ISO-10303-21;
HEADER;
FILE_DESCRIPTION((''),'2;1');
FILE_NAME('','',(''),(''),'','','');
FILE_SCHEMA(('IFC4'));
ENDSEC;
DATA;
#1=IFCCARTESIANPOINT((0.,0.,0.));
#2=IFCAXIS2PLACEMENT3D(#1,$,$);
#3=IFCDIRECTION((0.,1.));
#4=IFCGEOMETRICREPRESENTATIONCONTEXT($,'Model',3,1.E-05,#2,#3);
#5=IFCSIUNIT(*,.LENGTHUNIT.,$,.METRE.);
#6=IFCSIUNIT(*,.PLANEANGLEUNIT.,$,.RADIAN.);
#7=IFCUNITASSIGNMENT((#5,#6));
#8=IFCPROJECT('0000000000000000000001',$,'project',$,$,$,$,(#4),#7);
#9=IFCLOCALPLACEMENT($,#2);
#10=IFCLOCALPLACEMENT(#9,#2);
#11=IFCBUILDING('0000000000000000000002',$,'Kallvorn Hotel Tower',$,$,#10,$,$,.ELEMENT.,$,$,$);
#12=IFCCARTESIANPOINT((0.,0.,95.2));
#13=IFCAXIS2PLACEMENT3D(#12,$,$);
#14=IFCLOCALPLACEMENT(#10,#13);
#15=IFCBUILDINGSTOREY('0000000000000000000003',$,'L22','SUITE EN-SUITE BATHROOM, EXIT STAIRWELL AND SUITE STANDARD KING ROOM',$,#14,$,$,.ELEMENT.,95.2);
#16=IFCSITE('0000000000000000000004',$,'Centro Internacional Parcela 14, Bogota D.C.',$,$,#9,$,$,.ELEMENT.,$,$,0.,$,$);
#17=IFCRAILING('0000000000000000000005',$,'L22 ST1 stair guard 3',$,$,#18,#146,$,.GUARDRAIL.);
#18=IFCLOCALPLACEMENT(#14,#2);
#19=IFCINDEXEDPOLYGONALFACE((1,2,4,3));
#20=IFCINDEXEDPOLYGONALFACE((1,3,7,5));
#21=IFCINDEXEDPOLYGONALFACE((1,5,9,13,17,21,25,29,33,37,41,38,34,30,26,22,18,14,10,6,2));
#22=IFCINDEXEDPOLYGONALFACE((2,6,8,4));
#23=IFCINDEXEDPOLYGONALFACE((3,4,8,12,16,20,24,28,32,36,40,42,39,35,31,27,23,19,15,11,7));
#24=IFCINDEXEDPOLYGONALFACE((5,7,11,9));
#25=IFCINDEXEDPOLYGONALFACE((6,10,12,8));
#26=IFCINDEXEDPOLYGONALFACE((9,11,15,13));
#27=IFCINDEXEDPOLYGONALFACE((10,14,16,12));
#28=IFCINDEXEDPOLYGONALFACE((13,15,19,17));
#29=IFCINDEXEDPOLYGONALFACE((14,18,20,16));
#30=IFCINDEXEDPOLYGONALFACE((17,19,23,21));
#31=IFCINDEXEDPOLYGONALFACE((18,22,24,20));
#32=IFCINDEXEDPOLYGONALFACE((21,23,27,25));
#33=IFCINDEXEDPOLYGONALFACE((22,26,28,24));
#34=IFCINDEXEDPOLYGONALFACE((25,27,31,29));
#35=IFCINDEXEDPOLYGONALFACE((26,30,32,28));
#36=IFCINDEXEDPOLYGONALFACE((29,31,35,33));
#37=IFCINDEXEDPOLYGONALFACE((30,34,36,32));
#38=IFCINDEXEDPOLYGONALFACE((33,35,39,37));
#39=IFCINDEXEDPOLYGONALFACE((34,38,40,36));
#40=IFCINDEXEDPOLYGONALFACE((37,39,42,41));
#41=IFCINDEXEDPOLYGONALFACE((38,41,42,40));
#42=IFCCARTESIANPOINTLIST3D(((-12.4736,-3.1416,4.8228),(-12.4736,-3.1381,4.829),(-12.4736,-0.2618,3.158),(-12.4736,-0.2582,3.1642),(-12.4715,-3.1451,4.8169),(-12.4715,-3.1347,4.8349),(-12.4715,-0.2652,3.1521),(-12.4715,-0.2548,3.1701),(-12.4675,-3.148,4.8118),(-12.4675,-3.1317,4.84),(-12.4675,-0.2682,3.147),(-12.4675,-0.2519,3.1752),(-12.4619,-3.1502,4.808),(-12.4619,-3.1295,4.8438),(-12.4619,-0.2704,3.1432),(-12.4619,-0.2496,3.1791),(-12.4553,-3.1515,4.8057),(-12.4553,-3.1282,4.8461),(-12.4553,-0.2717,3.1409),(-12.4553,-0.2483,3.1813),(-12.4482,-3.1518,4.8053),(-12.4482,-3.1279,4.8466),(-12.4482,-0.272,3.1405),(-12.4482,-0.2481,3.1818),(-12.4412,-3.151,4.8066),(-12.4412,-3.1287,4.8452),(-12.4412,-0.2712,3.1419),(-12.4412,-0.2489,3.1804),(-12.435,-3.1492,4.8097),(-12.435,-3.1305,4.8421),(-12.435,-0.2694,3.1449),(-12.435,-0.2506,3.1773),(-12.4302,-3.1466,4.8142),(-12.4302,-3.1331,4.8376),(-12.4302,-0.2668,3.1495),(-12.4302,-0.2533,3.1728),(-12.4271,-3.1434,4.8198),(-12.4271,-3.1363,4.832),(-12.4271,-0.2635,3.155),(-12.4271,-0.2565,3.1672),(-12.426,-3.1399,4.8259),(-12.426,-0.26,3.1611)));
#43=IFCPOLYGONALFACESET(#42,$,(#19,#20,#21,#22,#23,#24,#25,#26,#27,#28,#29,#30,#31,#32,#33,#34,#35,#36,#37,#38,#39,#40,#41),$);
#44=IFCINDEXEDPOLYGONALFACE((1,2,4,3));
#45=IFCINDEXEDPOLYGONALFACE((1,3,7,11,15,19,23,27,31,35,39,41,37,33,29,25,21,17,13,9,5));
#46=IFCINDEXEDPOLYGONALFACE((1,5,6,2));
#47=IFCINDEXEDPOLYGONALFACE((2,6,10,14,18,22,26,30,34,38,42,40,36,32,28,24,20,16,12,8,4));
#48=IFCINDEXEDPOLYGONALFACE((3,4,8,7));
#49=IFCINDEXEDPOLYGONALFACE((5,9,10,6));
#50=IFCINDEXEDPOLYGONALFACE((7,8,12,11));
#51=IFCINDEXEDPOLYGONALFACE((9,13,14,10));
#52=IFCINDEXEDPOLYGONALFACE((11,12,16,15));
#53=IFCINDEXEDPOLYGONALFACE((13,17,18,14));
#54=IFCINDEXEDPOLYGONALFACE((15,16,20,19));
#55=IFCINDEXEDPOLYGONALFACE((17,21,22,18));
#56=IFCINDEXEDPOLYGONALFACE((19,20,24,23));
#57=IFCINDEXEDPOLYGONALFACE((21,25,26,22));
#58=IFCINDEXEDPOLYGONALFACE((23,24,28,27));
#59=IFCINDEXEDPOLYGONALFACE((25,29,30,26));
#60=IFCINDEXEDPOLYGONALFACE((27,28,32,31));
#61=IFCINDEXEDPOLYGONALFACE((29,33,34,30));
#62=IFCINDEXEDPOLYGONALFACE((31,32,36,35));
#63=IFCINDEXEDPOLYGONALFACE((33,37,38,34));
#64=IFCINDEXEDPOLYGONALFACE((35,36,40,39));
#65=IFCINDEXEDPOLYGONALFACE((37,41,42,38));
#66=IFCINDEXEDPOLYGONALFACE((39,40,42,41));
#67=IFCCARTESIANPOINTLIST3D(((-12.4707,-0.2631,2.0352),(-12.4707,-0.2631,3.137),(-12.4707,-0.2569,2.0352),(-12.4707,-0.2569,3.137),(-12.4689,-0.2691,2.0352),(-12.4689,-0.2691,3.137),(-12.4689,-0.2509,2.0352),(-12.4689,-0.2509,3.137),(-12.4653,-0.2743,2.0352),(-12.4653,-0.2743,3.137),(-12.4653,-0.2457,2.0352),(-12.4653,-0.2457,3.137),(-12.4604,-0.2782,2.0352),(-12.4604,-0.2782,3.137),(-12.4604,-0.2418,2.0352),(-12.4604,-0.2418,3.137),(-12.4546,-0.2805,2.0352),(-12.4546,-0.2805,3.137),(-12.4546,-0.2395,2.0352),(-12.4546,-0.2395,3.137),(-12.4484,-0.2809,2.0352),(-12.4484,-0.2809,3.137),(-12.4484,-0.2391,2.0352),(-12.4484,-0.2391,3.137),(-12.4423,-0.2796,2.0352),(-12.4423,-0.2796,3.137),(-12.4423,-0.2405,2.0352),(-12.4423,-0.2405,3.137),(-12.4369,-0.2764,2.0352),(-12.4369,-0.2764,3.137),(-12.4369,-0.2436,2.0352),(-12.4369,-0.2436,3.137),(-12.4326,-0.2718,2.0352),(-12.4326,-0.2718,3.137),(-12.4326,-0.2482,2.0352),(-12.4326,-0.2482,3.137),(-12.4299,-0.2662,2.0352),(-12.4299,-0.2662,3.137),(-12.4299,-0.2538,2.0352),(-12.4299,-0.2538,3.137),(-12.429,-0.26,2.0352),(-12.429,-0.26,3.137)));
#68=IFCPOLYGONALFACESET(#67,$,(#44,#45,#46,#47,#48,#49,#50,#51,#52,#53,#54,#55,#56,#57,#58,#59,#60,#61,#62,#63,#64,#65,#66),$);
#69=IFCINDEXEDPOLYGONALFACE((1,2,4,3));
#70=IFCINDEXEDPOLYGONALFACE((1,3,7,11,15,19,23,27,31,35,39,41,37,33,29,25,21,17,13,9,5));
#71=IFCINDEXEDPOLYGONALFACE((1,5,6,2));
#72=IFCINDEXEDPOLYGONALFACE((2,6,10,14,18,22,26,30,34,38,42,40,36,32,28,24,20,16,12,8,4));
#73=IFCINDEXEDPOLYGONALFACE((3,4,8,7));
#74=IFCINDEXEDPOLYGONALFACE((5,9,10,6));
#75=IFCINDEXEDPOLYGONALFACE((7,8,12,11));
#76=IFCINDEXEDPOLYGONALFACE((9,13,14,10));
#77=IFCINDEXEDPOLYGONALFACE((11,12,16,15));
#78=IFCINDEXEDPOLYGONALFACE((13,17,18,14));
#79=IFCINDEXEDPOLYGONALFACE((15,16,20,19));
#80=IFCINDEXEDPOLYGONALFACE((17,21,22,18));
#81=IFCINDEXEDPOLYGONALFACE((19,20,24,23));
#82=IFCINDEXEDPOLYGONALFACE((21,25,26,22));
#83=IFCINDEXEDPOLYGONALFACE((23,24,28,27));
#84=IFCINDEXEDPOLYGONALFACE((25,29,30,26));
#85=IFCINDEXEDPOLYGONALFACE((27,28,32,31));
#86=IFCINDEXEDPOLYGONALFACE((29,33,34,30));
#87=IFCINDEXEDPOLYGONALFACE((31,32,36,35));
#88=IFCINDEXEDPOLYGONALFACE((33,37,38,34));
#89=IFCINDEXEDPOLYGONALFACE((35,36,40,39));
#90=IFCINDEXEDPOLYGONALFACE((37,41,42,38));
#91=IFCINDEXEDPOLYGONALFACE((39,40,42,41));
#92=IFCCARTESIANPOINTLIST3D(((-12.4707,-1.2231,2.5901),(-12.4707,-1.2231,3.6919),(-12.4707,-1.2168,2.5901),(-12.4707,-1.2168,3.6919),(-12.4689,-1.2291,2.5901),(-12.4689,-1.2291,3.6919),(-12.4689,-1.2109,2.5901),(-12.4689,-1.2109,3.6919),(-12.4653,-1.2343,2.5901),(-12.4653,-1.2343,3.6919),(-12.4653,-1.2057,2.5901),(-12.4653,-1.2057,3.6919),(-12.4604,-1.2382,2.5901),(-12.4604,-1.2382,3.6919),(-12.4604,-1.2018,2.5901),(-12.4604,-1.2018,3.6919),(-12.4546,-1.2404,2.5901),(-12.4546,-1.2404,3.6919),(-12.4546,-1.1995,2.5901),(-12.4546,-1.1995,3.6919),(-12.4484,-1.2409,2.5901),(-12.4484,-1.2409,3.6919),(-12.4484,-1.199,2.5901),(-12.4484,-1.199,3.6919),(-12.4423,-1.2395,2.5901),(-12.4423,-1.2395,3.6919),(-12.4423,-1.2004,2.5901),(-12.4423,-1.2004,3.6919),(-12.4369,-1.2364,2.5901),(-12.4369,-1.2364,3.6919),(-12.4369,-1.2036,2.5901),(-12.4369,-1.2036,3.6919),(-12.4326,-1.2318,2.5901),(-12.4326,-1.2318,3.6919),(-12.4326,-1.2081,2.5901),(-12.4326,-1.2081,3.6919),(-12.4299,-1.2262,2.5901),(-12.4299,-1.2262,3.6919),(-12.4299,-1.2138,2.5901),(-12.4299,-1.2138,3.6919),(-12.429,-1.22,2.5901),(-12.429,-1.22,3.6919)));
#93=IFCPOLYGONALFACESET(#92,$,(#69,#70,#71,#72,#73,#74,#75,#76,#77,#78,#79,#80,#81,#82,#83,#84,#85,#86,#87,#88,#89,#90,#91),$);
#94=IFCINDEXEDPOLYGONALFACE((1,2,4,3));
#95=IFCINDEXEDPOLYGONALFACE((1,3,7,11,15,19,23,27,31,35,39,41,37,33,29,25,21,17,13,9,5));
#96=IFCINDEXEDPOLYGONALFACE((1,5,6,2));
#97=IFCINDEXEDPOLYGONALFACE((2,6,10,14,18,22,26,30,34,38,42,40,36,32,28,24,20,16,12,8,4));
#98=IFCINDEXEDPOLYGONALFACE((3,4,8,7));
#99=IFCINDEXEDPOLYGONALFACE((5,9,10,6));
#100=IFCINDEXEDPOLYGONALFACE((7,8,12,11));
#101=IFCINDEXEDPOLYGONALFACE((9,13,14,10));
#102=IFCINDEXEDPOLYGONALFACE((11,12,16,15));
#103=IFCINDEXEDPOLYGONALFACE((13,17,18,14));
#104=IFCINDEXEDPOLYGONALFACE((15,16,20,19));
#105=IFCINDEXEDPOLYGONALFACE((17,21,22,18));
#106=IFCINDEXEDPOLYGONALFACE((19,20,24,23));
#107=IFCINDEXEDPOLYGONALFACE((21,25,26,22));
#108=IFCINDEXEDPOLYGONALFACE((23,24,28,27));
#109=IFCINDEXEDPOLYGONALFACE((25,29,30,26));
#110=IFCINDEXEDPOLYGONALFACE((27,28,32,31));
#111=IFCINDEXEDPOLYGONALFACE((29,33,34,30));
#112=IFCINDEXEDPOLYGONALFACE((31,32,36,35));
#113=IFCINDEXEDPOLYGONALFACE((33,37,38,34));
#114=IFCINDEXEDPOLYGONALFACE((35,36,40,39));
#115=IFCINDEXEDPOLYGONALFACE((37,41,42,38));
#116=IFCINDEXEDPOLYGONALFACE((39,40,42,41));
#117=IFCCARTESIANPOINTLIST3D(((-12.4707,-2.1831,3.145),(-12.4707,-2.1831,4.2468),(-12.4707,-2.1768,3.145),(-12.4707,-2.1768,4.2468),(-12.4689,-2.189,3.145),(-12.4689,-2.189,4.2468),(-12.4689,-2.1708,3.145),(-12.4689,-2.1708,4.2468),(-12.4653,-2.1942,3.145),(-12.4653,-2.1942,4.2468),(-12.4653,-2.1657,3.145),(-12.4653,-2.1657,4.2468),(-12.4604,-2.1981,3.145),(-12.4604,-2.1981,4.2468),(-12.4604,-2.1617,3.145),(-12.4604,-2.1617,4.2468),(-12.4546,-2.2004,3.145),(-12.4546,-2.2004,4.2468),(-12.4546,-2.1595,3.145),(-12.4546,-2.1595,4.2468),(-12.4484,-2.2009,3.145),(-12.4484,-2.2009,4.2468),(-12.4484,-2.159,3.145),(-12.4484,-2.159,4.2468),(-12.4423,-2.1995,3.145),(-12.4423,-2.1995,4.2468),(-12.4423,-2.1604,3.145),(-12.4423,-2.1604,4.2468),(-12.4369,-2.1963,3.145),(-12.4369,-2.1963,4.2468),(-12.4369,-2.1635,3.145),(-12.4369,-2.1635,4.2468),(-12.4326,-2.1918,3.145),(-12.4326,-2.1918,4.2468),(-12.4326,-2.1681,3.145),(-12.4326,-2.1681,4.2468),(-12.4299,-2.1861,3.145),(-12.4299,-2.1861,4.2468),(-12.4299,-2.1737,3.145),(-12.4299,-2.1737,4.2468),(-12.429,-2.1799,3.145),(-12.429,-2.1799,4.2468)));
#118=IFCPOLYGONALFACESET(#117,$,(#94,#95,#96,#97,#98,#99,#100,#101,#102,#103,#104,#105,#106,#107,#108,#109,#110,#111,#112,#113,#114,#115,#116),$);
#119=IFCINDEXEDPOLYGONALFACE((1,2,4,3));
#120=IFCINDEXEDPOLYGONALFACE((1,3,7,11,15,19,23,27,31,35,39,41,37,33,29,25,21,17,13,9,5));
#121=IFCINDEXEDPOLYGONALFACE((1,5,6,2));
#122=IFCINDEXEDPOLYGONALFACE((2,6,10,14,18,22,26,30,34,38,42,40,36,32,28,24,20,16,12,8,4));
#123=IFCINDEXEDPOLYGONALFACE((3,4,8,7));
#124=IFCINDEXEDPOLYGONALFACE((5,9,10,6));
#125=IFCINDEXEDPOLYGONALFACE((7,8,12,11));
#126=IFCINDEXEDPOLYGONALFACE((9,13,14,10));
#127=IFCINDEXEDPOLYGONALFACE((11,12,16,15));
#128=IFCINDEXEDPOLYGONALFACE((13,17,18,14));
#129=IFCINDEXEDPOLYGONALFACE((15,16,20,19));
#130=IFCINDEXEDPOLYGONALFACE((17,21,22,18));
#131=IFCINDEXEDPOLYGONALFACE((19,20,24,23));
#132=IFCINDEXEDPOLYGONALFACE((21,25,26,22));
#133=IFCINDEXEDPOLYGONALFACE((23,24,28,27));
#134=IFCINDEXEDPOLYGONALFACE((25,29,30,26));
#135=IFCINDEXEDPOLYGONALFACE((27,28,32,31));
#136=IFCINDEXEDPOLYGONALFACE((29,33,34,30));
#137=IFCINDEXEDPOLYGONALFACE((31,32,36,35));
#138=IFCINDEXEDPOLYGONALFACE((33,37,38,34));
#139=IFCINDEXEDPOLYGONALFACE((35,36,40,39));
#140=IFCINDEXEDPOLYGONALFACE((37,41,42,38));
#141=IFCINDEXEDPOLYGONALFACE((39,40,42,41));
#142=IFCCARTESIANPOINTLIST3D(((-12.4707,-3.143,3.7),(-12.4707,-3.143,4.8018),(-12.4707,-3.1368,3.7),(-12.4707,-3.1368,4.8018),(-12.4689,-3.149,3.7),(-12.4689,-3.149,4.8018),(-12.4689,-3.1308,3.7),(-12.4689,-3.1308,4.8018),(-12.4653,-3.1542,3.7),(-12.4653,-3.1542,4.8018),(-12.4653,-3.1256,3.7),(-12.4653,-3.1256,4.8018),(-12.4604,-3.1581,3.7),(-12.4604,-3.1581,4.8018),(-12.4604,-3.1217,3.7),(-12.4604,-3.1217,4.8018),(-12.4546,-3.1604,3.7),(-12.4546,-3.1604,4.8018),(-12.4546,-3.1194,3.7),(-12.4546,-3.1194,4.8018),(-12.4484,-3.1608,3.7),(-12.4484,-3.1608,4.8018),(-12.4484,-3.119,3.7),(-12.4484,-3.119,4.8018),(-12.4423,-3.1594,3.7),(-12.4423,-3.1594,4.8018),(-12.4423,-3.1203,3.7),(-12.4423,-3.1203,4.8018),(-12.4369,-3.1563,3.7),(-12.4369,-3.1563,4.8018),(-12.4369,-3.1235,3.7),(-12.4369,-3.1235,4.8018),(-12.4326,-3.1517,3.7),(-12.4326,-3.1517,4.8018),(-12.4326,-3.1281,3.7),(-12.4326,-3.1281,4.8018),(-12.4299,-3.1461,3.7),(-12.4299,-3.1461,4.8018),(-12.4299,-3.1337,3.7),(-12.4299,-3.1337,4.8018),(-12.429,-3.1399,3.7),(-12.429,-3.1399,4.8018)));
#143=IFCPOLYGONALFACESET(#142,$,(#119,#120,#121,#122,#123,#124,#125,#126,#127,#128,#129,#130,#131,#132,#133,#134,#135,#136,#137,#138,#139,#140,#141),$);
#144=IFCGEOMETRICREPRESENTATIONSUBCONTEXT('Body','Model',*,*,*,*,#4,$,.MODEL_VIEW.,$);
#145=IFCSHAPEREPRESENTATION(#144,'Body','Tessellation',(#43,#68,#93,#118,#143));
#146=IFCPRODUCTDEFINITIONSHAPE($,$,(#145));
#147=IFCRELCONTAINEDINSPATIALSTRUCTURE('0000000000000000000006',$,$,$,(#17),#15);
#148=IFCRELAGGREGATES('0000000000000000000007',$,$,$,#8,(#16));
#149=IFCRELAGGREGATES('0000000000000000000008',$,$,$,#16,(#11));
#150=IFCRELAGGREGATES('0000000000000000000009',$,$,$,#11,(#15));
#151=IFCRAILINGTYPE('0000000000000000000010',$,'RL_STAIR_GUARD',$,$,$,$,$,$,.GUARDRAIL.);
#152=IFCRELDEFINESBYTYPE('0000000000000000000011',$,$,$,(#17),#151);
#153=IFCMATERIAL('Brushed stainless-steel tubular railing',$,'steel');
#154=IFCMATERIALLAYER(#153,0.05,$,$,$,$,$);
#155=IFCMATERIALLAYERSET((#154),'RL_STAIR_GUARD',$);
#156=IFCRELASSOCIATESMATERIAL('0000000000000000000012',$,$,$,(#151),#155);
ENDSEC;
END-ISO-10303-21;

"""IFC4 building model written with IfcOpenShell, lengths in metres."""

from ifc_helpers import new_model, si_unit, direction, frame, origin, origin_2d, place, context, subcontext, project, spatial, circle, extrude, material, layer, layer_set, type_object, element, save


model = new_model("IFC4")

# Units and contexts
model_context = context("Model", 3, precision=1e-05, world=origin(), true_north=direction((0.0, 1.0)))
body_context = subcontext(model_context, "Body", "Model", "MODEL_VIEW")
ifc_project = project(units=[si_unit("LENGTHUNIT", "METRE"), si_unit("PLANEANGLEUNIT", "RADIAN")], contexts=[model_context])

# Site, building, storey
site_placement = place(None, origin())
site = spatial("IfcSite", under=ifc_project, at=site_placement, Name="Centro Internacional Parcela 14, Bogota D.C.", CompositionType="ELEMENT", RefElevation=0.0)
building_placement = place(site_placement, origin())
building = spatial("IfcBuilding", under=site, at=building_placement, Name="Kallvorn Hotel Tower", CompositionType="ELEMENT")
storey_placement = place(building_placement, frame((0.0, 0.0, 95.2)))
storey = spatial("IfcBuildingStorey", under=building, at=storey_placement, Name="L22", Description="SUITE EN-SUITE BATHROOM, EXIT STAIRWELL AND SUITE STANDARD KING ROOM", CompositionType="ELEMENT", Elevation=95.2)

# Railing
ifc_material_1 = material(Name="Brushed stainless-steel tubular railing", Category="steel")
ifc_layer_1 = layer(ifc_material_1, 0.05)
ifc_layer_set_1 = layer_set([ifc_layer_1], Name="RL_STAIR_GUARD")
railing_type_1 = type_object("IfcRailingType", Name="RL_STAIR_GUARD", PredefinedType="GUARDRAIL", material=ifc_layer_set_1)
railing_1_placement = place(storey_placement, frame((-12.45, -0.26, 2.0352)))
element("IfcRailing", 1, at=railing_1_placement, inside=storey, type_object=railing_type_1, Name="L22 ST1 stair guard 3", PredefinedType="GUARDRAIL", context=body_context, shape_type="SweptSolid", body=[
    extrude(circle(Radius=0.0239, at=origin_2d()), frame((0.0, 0.0, 1.126), z_axis=(0.0, -0.865753, 0.500472), x_axis=(1.0, 0.0, 0.0)), (0.0, 0.0, 1.0), 3.3264),
    extrude(circle(Radius=0.021, at=origin_2d()), origin(), (0.0, 0.0, 1.0), 1.1018),
    extrude(circle(Radius=0.021, at=origin_2d()), frame((0.0, -0.96, 0.5549)), (0.0, 0.0, 1.0), 1.1018),
    extrude(circle(Radius=0.021, at=origin_2d()), frame((0.0, -1.9199, 1.1099)), (0.0, 0.0, 1.0), 1.1018),
    extrude(circle(Radius=0.021, at=origin_2d()), frame((0.0, -2.8799, 1.6648)), (0.0, 0.0, 1.0), 1.1018),
])

save(model, "model.ifc")
